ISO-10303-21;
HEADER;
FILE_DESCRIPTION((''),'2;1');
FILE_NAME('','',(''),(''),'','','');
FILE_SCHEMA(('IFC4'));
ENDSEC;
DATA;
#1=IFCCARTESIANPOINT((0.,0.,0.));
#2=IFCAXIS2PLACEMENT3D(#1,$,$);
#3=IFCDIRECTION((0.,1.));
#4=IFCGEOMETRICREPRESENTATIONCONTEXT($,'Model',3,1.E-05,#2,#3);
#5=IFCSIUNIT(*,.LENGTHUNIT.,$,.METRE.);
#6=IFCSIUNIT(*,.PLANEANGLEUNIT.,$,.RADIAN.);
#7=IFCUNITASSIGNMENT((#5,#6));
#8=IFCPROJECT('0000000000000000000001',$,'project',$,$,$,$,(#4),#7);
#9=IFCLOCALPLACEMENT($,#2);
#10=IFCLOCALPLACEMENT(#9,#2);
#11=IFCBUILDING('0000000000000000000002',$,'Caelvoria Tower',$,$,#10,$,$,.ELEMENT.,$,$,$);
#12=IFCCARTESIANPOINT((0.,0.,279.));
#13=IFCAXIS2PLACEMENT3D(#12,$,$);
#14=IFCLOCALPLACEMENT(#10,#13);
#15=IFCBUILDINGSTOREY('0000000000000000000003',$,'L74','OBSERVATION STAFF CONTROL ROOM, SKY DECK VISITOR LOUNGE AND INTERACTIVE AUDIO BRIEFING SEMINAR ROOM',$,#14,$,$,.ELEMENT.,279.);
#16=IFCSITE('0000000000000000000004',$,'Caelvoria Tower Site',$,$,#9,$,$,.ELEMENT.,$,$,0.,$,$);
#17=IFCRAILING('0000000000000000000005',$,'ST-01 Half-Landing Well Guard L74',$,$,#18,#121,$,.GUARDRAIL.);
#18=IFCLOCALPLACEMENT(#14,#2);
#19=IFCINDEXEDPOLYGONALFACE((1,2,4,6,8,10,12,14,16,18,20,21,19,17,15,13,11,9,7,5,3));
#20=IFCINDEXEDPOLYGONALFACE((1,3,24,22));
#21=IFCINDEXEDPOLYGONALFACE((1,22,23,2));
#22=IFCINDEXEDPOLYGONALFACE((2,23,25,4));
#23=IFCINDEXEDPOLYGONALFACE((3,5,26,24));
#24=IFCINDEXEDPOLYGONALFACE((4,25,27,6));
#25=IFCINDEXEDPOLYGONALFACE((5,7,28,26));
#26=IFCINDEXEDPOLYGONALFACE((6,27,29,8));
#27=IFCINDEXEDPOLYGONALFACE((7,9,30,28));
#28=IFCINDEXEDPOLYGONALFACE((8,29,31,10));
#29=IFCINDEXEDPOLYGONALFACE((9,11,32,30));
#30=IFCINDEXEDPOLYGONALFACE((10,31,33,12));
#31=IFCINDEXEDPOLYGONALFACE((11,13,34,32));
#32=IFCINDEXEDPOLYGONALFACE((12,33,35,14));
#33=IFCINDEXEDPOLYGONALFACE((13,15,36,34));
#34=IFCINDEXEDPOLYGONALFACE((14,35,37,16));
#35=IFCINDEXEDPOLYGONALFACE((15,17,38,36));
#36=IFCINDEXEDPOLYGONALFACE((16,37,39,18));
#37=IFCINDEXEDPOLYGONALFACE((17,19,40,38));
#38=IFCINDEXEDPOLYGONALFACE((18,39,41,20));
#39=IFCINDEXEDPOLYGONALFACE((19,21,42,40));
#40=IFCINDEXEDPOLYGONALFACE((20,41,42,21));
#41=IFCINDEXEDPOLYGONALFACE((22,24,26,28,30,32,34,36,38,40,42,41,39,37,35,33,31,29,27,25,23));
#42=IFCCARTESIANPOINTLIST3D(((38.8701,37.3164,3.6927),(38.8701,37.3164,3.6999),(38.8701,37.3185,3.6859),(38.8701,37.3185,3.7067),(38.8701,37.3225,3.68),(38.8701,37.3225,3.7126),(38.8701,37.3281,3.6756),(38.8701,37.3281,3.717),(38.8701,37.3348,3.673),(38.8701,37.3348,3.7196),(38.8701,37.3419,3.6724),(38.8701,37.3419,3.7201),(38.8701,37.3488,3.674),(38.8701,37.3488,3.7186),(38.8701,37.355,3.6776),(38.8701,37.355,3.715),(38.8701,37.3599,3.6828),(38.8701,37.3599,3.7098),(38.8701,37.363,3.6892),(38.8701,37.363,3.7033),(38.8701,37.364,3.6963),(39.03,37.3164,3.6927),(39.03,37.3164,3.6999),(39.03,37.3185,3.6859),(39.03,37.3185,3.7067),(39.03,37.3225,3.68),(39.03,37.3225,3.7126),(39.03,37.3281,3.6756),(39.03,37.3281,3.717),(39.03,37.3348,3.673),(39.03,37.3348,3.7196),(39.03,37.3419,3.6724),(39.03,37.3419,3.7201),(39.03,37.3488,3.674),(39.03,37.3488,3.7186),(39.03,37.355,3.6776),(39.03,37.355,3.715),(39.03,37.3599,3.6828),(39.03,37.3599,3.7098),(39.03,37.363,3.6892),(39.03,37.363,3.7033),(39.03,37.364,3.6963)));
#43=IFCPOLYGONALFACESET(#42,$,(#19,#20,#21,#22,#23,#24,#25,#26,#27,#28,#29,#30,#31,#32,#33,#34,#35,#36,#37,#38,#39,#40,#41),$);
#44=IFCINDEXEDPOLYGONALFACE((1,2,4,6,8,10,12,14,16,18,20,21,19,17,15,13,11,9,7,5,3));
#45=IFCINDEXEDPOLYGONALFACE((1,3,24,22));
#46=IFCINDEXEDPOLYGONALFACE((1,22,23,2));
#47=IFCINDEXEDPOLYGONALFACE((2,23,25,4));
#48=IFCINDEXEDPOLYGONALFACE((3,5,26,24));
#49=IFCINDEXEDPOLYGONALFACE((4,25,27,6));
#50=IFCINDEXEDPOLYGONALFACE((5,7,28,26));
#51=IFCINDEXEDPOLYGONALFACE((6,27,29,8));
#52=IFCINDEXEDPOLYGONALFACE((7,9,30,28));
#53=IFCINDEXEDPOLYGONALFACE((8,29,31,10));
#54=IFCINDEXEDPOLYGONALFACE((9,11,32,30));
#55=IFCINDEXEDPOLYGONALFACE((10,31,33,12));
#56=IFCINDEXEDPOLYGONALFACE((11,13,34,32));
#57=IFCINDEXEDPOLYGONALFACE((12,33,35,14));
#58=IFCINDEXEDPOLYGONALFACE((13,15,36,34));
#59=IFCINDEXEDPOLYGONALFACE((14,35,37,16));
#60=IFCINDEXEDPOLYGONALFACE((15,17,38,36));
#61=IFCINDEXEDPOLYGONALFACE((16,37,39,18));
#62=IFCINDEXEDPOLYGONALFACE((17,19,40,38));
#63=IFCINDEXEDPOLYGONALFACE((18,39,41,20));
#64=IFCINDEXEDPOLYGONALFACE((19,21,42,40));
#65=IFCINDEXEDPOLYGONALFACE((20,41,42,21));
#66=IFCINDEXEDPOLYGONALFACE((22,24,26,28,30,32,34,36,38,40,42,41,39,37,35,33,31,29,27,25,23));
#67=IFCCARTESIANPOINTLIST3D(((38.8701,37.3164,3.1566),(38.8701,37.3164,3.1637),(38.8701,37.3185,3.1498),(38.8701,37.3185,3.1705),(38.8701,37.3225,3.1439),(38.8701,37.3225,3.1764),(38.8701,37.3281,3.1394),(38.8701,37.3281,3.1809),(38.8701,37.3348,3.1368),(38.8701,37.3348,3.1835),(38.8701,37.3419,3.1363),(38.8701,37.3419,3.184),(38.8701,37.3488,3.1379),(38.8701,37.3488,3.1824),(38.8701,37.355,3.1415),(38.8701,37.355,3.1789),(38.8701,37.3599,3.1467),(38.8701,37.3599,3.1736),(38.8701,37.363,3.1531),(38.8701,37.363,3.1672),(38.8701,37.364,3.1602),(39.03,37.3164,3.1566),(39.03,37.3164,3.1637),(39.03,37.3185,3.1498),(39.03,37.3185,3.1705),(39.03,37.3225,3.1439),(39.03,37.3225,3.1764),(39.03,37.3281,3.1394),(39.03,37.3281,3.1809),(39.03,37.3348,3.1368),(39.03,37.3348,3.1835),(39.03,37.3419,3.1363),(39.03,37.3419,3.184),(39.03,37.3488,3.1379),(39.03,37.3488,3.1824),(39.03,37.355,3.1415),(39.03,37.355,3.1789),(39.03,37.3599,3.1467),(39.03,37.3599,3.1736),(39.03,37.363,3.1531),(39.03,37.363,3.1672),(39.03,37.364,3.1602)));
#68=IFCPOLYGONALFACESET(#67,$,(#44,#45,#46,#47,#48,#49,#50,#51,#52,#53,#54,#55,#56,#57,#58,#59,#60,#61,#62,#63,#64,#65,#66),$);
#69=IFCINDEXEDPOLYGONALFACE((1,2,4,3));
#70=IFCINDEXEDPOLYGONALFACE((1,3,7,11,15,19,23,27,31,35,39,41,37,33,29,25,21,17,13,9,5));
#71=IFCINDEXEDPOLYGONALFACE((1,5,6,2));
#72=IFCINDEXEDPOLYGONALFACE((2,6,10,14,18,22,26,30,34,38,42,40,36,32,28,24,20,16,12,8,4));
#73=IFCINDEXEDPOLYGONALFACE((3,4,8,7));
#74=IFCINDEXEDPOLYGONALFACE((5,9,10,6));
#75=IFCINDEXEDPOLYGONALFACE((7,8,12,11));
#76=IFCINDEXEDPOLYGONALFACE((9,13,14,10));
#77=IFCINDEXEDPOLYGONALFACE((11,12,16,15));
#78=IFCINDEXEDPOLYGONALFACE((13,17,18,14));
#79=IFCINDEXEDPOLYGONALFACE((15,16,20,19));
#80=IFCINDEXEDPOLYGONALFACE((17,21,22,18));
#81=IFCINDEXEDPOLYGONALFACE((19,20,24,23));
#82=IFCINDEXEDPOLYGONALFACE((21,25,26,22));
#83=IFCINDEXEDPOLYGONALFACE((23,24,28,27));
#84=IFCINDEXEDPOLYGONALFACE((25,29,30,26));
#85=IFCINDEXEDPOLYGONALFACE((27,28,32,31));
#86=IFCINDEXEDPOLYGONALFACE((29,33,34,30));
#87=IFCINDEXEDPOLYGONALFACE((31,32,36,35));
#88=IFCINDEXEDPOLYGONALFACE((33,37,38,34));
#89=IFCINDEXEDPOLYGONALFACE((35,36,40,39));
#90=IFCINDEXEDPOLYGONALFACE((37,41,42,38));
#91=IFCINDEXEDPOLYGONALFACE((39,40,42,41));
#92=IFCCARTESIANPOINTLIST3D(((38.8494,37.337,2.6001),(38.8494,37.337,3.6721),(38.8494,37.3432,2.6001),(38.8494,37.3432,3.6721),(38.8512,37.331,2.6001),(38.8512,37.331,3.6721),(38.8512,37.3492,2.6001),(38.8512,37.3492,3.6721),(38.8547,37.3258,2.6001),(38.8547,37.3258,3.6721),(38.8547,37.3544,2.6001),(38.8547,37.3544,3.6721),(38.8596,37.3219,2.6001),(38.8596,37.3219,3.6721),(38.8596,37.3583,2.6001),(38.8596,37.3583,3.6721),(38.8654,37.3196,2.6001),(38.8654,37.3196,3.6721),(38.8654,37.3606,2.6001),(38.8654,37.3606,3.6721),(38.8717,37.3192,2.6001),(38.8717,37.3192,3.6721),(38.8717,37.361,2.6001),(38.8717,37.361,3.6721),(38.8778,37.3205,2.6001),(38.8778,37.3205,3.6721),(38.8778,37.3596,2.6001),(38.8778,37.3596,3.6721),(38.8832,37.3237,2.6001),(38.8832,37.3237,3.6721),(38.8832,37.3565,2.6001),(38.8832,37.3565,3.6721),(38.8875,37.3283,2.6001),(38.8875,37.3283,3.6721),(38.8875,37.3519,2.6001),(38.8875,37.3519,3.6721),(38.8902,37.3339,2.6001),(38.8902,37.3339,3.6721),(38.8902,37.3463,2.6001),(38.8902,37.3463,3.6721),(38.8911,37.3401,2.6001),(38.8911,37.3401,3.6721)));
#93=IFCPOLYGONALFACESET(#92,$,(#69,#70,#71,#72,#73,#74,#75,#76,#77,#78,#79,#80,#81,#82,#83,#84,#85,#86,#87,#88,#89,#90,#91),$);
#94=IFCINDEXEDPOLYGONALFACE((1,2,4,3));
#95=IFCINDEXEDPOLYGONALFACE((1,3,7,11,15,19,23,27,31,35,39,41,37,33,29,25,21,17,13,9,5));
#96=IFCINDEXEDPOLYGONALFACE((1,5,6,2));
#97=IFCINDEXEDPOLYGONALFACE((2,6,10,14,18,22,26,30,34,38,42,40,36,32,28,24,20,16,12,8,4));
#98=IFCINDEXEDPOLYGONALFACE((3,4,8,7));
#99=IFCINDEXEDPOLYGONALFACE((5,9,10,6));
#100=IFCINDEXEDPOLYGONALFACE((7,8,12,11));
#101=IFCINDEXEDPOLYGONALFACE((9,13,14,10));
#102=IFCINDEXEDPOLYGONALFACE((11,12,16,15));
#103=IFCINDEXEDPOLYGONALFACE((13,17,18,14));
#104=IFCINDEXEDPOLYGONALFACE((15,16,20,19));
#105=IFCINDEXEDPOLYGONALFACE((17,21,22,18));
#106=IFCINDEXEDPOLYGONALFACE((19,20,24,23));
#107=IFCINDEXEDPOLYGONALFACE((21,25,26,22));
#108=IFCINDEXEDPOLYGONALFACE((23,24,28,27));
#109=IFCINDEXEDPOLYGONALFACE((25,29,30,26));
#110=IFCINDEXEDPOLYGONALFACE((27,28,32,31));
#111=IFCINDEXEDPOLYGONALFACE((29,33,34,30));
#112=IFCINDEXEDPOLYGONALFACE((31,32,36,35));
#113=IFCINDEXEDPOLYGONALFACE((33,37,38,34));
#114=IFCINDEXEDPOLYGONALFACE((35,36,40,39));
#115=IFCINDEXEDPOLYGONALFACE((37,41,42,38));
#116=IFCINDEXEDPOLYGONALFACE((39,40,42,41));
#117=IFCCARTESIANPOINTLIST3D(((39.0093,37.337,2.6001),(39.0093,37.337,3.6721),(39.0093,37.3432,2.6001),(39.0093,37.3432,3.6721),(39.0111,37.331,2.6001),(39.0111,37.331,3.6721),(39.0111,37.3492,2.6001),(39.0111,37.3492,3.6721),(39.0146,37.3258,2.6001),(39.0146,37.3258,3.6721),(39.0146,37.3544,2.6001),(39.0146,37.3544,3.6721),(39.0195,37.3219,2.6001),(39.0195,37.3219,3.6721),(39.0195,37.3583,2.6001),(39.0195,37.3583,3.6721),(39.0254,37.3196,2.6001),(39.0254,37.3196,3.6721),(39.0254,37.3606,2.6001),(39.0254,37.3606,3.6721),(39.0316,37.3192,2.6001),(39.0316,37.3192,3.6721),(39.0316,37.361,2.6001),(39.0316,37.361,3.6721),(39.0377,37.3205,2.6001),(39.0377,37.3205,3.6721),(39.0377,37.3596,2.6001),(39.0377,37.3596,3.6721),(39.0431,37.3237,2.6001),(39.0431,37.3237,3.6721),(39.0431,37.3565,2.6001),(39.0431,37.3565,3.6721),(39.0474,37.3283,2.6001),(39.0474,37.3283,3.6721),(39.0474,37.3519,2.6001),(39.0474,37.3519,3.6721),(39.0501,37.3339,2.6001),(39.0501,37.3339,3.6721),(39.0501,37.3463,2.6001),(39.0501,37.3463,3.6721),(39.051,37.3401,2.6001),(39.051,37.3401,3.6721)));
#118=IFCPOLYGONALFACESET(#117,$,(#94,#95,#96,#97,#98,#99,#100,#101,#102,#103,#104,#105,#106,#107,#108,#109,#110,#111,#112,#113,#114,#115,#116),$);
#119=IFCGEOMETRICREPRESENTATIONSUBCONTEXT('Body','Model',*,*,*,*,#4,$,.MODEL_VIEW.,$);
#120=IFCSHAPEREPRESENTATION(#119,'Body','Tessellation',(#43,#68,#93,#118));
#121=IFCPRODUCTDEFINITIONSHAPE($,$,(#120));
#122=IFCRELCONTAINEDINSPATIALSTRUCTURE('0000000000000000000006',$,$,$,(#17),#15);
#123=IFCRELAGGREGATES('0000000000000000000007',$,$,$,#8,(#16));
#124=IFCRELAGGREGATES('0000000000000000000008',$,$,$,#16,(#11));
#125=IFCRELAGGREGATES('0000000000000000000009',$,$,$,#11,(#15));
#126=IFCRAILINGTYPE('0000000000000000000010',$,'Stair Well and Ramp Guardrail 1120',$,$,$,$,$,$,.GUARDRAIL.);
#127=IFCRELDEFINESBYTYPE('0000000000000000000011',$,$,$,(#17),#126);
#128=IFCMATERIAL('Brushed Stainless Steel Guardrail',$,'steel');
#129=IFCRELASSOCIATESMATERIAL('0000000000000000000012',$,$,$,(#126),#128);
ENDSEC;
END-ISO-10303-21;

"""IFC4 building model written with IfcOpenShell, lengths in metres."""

from ifc_helpers import new_model, si_unit, direction, frame, origin, origin_2d, place, context, subcontext, project, spatial, circle, extrude, material, type_object, element, save


model = new_model("IFC4")

# Units and contexts
model_context = context("Model", 3, precision=1e-05, world=origin(), true_north=direction((0.0, 1.0)))
body_context = subcontext(model_context, "Body", "Model", "MODEL_VIEW")
ifc_project = project(units=[si_unit("LENGTHUNIT", "METRE"), si_unit("PLANEANGLEUNIT", "RADIAN")], contexts=[model_context])

# Site, building, storey
site_placement = place(None, origin())
site = spatial("IfcSite", under=ifc_project, at=site_placement, Name="Caelvoria Tower Site", CompositionType="ELEMENT", RefElevation=0.0)
building_placement = place(site_placement, origin())
building = spatial("IfcBuilding", under=site, at=building_placement, Name="Caelvoria Tower", CompositionType="ELEMENT")
storey_placement = place(building_placement, frame((0.0, 0.0, 279.0)))
storey = spatial("IfcBuildingStorey", under=building, at=storey_placement, Name="L74", Description="OBSERVATION STAFF CONTROL ROOM, SKY DECK VISITOR LOUNGE AND INTERACTIVE AUDIO BRIEFING SEMINAR ROOM", CompositionType="ELEMENT", Elevation=279.0)

# Railing
ifc_material_1 = material(Name="Brushed Stainless Steel Guardrail", Category="steel")
railing_type_1 = type_object("IfcRailingType", Name="Stair Well and Ramp Guardrail 1120", PredefinedType="GUARDRAIL", material=ifc_material_1)
railing_1_placement = place(storey_placement, frame((38.8701, 37.3401, 2.6001)))
element("IfcRailing", 1, at=railing_1_placement, inside=storey, type_object=railing_type_1, Name="ST-01 Half-Landing Well Guard L74", PredefinedType="GUARDRAIL", context=body_context, shape_type="SweptSolid", body=[
    extrude(circle(Radius=0.0239, at=origin_2d()), frame((0.0, 0.0, 1.0962), z_axis=(1.0, 0.0, 0.0), x_axis=(0.0, 1.0, 0.0)), (0.0, 0.0, 1.0), 0.1599),
    extrude(circle(Radius=0.0239, at=origin_2d()), frame((0.0, 0.0, 0.5601), z_axis=(1.0, 0.0, 0.0), x_axis=(0.0, 1.0, 0.0)), (0.0, 0.0, 1.0), 0.1599),
    extrude(circle(Radius=0.021, at=origin_2d()), origin(), (0.0, 0.0, 1.0), 1.072),
    extrude(circle(Radius=0.021, at=origin_2d()), frame((0.1599, 0.0, 0.0)), (0.0, 0.0, 1.0), 1.072),
])

save(model, "model.ifc")
